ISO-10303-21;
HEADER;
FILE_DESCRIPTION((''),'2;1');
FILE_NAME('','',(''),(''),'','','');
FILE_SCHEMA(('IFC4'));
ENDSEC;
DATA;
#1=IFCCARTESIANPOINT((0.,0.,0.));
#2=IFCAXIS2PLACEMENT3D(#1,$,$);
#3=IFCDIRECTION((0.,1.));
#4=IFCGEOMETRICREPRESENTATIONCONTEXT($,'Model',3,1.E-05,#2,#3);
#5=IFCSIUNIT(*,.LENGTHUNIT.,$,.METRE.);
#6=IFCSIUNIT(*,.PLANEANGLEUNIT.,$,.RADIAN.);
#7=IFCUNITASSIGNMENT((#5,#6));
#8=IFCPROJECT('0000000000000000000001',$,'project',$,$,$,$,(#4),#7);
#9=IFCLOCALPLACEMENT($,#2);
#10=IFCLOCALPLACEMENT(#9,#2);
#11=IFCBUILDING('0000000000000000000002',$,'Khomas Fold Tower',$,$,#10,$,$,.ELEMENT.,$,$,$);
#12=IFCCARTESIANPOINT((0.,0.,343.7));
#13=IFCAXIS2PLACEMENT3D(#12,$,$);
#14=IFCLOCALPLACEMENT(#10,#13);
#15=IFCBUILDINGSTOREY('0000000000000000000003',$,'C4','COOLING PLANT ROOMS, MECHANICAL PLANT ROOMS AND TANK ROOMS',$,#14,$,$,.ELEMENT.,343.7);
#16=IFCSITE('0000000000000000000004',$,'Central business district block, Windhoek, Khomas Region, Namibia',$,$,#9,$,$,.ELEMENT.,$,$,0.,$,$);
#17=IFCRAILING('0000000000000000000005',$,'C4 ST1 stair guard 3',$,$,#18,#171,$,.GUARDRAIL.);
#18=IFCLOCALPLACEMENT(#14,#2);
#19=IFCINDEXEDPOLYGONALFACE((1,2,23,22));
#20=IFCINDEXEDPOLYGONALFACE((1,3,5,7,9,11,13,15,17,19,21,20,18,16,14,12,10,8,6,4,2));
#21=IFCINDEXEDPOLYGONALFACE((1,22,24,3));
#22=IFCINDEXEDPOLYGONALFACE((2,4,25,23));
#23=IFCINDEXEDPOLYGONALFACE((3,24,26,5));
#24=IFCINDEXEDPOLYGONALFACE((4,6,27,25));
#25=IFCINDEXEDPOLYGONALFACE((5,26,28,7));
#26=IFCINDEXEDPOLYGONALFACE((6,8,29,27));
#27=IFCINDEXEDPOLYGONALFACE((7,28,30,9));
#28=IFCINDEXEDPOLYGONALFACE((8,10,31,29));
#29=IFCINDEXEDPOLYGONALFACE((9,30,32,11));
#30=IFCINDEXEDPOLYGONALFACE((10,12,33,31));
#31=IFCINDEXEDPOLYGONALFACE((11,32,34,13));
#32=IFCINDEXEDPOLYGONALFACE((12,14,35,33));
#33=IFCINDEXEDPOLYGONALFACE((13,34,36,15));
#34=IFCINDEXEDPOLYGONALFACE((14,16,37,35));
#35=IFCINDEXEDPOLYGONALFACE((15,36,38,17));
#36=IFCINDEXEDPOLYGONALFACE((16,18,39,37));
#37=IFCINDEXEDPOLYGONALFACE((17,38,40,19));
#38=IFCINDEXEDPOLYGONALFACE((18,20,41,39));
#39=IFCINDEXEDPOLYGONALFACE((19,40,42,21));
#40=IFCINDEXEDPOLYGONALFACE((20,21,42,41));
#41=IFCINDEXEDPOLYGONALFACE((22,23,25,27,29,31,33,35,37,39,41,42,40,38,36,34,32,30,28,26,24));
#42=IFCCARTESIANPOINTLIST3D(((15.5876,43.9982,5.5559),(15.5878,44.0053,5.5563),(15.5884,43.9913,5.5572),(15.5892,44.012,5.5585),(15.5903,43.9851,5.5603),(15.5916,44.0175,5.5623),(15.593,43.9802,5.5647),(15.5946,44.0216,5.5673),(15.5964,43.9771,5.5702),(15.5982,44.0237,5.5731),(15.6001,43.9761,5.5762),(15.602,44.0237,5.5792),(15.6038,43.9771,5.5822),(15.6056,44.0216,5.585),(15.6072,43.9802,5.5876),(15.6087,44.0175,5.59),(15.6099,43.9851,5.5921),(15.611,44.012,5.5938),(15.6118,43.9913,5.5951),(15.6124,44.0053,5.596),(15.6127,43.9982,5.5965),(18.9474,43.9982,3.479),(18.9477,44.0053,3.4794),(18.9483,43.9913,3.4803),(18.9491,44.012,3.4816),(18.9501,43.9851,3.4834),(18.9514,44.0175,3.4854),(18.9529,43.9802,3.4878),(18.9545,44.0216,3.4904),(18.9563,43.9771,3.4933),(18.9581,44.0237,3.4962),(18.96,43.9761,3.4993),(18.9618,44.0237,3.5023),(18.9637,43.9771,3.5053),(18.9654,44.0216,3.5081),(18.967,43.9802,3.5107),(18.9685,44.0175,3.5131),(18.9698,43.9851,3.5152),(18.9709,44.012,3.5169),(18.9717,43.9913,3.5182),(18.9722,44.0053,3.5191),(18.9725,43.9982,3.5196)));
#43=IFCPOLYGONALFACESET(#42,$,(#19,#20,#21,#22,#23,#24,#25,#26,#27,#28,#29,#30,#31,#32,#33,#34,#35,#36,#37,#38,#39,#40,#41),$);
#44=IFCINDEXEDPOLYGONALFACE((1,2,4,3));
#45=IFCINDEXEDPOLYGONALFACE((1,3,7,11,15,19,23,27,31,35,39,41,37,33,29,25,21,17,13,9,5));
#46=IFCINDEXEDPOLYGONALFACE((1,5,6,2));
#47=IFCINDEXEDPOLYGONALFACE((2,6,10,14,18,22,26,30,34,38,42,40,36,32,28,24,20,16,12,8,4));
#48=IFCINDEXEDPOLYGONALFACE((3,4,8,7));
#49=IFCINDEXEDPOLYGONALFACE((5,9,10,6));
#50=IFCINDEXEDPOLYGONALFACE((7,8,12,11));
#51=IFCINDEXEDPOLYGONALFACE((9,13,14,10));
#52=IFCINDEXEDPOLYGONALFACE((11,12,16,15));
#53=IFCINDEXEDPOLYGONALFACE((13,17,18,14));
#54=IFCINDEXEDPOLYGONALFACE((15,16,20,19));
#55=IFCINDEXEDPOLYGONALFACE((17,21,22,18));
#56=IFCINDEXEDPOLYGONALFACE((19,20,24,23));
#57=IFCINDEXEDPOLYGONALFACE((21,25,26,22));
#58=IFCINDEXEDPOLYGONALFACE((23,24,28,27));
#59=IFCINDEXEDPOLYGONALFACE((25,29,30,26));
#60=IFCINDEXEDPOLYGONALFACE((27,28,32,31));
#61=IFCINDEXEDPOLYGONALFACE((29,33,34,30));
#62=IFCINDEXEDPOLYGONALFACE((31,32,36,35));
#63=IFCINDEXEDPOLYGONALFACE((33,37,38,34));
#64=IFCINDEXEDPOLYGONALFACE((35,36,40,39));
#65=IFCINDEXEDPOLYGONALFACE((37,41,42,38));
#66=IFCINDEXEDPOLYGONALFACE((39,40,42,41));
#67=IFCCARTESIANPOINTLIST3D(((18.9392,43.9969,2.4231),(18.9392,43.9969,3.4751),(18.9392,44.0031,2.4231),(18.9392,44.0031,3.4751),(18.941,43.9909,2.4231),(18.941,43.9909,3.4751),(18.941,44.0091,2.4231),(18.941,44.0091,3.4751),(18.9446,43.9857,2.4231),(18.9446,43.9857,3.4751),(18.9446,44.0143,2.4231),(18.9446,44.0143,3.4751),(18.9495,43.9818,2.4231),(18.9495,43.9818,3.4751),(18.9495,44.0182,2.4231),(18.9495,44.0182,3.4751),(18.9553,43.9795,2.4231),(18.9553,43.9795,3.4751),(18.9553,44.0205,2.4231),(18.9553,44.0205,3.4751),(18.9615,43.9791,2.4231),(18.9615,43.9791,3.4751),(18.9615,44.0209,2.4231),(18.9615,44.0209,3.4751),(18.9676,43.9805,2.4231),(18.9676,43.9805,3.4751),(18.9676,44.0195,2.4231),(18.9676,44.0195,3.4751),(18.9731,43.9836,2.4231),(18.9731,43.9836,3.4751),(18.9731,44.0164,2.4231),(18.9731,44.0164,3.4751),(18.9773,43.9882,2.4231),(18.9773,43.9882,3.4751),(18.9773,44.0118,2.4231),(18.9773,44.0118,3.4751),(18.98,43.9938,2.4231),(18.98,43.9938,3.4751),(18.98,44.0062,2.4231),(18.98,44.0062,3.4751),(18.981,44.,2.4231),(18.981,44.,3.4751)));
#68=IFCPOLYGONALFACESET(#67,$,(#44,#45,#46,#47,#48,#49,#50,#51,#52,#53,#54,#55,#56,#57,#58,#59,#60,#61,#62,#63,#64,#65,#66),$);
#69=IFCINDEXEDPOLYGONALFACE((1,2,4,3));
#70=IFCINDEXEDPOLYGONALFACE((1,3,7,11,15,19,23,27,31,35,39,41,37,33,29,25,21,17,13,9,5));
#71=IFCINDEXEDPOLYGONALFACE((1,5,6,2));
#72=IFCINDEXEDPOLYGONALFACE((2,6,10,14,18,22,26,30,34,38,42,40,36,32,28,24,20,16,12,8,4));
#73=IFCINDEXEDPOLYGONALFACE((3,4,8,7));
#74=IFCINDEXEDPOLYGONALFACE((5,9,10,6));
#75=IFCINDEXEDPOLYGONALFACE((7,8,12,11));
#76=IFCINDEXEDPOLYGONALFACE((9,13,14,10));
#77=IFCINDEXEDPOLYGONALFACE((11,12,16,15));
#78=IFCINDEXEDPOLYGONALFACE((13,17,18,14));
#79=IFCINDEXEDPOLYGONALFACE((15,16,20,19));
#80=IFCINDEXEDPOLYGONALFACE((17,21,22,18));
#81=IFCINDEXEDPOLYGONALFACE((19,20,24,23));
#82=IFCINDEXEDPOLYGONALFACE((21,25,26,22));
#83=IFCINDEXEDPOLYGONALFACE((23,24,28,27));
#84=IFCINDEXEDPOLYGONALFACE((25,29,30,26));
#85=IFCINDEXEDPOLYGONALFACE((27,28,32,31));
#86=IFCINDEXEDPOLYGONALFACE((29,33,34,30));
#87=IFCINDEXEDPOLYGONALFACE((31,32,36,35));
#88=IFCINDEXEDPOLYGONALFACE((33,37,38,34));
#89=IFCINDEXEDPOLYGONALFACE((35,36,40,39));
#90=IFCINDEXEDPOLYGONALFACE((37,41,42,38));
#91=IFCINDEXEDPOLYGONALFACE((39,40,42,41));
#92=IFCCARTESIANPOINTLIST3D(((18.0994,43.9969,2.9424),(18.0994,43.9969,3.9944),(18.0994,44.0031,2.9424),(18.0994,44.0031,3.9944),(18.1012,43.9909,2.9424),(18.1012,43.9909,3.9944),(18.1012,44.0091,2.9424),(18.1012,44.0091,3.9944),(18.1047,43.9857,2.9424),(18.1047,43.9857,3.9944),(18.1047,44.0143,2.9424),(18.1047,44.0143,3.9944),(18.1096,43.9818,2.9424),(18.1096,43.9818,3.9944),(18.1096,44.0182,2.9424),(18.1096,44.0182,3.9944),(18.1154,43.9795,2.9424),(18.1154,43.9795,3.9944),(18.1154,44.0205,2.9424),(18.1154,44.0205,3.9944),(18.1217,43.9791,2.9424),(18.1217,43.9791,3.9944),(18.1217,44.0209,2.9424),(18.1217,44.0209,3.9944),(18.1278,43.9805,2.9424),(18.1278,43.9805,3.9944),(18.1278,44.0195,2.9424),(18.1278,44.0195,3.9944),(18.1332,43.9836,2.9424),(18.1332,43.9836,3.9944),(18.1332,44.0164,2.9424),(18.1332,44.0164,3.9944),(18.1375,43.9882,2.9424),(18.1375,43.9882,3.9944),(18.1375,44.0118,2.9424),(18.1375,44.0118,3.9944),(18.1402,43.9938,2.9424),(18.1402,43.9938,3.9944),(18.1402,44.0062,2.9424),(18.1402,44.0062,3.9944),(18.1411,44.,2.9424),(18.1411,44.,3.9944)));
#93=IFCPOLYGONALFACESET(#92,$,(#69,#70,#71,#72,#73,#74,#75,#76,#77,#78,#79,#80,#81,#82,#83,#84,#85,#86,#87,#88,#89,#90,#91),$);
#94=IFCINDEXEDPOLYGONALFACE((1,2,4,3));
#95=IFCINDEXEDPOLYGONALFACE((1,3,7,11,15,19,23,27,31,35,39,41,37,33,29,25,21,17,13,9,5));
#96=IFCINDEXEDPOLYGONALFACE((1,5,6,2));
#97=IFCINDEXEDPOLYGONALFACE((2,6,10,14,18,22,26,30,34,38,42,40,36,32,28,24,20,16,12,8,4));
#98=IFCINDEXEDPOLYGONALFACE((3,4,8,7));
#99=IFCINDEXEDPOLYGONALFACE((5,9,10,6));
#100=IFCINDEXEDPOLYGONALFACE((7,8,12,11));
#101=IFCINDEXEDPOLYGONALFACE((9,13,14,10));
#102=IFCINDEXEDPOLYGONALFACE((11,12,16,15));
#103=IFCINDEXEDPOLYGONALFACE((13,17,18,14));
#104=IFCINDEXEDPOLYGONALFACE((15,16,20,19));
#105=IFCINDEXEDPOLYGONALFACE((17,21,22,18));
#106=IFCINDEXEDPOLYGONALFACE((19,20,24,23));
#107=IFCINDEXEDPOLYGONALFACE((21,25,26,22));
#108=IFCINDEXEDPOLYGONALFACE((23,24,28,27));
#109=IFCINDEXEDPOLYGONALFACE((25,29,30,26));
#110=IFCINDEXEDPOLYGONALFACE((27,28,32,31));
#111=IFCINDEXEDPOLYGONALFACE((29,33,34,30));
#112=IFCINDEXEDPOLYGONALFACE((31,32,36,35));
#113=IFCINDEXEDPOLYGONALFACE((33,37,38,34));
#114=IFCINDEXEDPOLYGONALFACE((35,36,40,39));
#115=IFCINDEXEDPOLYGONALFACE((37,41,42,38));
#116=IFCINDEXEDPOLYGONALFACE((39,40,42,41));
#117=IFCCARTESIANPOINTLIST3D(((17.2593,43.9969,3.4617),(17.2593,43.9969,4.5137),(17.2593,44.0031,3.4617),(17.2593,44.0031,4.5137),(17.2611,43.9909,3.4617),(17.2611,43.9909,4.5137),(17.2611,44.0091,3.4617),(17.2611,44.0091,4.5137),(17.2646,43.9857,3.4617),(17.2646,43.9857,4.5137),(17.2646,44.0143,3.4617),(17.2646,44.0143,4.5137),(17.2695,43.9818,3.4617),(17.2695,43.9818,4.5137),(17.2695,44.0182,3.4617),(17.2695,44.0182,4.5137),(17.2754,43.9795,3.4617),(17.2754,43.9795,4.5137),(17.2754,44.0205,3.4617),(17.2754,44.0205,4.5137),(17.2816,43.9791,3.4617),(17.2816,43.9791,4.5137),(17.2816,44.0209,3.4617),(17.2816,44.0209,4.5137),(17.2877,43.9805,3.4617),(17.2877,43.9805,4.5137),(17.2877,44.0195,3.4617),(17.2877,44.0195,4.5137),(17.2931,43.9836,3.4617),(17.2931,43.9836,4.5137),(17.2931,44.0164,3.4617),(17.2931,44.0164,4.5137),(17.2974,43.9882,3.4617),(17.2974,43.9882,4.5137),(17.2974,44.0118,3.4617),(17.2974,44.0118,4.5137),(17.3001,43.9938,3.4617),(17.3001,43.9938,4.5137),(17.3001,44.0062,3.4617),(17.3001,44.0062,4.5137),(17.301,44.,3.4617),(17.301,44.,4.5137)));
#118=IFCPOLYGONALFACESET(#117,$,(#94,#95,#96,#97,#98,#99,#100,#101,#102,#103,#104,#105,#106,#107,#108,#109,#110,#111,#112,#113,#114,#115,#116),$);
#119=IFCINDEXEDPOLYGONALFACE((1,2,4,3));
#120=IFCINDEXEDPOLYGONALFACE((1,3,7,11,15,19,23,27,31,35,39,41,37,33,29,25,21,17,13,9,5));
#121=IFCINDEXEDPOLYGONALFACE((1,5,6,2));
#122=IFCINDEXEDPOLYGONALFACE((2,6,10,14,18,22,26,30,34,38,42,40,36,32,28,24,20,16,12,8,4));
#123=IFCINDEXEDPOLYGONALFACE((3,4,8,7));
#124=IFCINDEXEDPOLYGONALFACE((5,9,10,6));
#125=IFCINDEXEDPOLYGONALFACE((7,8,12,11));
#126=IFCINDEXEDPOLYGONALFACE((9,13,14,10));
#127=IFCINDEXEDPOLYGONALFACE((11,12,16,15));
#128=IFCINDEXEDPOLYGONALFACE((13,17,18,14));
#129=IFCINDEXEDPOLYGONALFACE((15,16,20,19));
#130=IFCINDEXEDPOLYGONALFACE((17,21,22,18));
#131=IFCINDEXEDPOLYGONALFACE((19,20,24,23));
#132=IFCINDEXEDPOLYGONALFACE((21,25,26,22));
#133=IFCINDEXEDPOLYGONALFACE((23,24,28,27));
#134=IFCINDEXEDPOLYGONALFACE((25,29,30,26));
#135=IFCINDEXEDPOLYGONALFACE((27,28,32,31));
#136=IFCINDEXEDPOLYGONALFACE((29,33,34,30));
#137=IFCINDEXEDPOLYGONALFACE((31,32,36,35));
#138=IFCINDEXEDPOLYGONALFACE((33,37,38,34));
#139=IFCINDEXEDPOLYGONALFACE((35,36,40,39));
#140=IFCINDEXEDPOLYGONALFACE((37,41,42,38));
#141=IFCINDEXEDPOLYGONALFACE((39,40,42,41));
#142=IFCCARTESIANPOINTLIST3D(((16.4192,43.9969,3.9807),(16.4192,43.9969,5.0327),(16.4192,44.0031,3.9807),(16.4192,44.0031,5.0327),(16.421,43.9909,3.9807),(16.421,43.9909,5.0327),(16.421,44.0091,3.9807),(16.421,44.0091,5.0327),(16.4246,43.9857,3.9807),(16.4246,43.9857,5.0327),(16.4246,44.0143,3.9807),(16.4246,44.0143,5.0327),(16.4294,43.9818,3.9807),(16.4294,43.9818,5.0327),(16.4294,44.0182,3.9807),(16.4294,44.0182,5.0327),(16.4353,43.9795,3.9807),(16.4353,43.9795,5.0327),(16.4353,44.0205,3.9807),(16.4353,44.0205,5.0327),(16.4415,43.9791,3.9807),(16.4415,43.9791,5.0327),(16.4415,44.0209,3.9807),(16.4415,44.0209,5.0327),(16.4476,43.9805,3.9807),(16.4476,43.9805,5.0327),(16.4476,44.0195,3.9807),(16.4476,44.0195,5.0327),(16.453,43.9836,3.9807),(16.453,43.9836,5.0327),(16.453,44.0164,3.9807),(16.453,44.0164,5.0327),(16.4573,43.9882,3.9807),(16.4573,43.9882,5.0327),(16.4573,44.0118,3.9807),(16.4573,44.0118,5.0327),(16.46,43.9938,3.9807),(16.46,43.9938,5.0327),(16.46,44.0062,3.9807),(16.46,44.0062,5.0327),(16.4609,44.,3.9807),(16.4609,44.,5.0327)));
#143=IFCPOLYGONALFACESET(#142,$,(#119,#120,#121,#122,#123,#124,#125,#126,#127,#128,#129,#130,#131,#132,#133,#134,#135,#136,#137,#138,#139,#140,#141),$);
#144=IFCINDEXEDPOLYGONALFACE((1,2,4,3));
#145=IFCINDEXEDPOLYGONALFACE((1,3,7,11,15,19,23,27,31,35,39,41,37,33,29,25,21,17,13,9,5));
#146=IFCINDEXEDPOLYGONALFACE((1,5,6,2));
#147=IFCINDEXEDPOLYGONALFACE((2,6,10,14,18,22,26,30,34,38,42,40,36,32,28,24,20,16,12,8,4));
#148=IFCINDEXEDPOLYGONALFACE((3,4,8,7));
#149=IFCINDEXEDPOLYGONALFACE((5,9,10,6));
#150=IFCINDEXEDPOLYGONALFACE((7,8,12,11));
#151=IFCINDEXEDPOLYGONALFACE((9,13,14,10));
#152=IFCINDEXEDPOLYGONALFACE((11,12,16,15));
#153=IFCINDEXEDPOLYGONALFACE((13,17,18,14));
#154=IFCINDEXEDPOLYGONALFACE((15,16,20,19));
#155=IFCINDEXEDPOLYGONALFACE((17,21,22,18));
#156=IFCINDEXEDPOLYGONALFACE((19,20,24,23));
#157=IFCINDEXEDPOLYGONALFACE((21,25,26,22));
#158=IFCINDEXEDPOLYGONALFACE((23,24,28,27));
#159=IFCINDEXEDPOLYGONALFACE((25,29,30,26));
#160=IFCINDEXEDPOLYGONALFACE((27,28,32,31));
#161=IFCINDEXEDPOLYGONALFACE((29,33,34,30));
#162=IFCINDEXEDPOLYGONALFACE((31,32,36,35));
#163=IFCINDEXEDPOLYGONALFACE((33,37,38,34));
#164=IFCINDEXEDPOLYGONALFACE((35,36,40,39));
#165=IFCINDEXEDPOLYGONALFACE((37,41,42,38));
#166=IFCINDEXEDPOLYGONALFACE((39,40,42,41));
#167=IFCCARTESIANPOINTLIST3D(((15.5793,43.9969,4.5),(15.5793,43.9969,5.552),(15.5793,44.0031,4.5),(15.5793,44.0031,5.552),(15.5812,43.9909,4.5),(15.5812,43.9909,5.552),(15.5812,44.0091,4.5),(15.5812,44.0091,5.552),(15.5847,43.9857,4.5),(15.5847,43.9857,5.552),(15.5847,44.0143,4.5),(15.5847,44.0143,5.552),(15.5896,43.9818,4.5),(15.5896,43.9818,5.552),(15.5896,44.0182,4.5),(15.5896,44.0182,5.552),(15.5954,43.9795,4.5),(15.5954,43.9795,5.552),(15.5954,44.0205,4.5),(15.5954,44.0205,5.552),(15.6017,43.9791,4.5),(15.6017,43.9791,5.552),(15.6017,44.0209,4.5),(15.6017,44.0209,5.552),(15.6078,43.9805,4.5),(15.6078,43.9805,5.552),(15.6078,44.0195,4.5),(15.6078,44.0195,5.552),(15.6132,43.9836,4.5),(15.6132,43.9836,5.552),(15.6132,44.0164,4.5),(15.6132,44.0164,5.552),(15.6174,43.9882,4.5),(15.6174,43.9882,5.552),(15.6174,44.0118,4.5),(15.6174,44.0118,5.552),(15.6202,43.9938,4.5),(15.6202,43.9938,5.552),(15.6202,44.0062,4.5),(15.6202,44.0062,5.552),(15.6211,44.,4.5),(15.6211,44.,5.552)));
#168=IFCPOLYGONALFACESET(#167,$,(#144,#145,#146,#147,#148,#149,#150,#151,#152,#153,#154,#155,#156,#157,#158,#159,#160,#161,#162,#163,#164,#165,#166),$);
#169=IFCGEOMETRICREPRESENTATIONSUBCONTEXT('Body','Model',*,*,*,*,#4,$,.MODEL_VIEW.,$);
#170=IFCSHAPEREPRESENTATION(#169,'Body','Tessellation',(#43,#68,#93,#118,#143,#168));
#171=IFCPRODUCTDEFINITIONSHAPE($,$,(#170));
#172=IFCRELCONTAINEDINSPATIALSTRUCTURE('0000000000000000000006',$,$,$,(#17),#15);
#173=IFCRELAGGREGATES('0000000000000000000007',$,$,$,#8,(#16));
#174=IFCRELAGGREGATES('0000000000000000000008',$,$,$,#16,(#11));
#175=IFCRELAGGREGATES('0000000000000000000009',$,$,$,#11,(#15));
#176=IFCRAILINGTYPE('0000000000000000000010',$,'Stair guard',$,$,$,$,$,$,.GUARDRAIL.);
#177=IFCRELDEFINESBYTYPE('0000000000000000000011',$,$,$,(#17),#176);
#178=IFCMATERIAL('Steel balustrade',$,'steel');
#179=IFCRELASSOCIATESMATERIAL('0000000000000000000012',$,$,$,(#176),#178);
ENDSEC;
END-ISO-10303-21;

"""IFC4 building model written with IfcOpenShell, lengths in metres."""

from ifc_helpers import new_model, si_unit, direction, frame, origin, origin_2d, place, context, subcontext, project, spatial, circle, extrude, source, transform, mapped, material, type_object, element, save


model = new_model("IFC4")

# Units and contexts
model_context = context("Model", 3, precision=1e-05, world=origin(), true_north=direction((0.0, 1.0)))
body_context = subcontext(model_context, "Body", "Model", "MODEL_VIEW")
ifc_project = project(units=[si_unit("LENGTHUNIT", "METRE"), si_unit("PLANEANGLEUNIT", "RADIAN")], contexts=[model_context])

# Site, building, storey
site_placement = place(None, origin())
site = spatial("IfcSite", under=ifc_project, at=site_placement, Name="Central business district block, Windhoek, Khomas Region, Namibia", CompositionType="ELEMENT", RefElevation=0.0)
building_placement = place(site_placement, origin())
building = spatial("IfcBuilding", under=site, at=building_placement, Name="Khomas Fold Tower", CompositionType="ELEMENT")
storey_placement = place(building_placement, frame((0.0, 0.0, 343.7)))
storey = spatial("IfcBuildingStorey", under=building, at=storey_placement, Name="C4", Description="COOLING PLANT ROOMS, MECHANICAL PLANT ROOMS AND TANK ROOMS", CompositionType="ELEMENT", Elevation=343.7)

# Railing
ifc_material_1 = material(Name="Steel balustrade", Category="steel")
railing_type_1 = type_object("IfcRailingType", Name="Stair guard", PredefinedType="GUARDRAIL", material=ifc_material_1)
shared_shape_1 = source(origin(), body_context, "Body", "SweptSolid", [
    extrude(circle(Radius=0.0239, at=origin_2d()), frame((0.0, 0.0, 1.0762), z_axis=(-0.850606, 0.0, 0.525803), x_axis=(0.0, -1.0, 0.0)), (0.0, 0.0, 1.0), 3.95),
    extrude(circle(Radius=0.021, at=origin_2d()), origin(), (0.0, 0.0, 1.0), 1.052),
    extrude(circle(Radius=0.021, at=origin_2d()), frame((-0.8398, 0.0, 0.5193)), (0.0, 0.0, 1.0), 1.052),
    extrude(circle(Radius=0.021, at=origin_2d()), frame((-1.6799, 0.0, 1.0386)), (0.0, 0.0, 1.0), 1.052),
    extrude(circle(Radius=0.021, at=origin_2d()), frame((-2.52, 0.0, 1.5576)), (0.0, 0.0, 1.0), 1.052),
    extrude(circle(Radius=0.021, at=origin_2d()), frame((-3.3599, 0.0, 2.0769)), (0.0, 0.0, 1.0), 1.052),
])
railing_1_placement = place(storey_placement, frame((18.96, 44.0, 2.4231)))
element("IfcRailing", 1, at=railing_1_placement, inside=storey, type_object=railing_type_1, Name="C4 ST1 stair guard 3", PredefinedType="GUARDRAIL", context=body_context, shape_type="MappedRepresentation", body=[
    mapped(shared_shape_1, transform((0.0, 0.0, 0.0))),
])

save(model, "model.ifc")
